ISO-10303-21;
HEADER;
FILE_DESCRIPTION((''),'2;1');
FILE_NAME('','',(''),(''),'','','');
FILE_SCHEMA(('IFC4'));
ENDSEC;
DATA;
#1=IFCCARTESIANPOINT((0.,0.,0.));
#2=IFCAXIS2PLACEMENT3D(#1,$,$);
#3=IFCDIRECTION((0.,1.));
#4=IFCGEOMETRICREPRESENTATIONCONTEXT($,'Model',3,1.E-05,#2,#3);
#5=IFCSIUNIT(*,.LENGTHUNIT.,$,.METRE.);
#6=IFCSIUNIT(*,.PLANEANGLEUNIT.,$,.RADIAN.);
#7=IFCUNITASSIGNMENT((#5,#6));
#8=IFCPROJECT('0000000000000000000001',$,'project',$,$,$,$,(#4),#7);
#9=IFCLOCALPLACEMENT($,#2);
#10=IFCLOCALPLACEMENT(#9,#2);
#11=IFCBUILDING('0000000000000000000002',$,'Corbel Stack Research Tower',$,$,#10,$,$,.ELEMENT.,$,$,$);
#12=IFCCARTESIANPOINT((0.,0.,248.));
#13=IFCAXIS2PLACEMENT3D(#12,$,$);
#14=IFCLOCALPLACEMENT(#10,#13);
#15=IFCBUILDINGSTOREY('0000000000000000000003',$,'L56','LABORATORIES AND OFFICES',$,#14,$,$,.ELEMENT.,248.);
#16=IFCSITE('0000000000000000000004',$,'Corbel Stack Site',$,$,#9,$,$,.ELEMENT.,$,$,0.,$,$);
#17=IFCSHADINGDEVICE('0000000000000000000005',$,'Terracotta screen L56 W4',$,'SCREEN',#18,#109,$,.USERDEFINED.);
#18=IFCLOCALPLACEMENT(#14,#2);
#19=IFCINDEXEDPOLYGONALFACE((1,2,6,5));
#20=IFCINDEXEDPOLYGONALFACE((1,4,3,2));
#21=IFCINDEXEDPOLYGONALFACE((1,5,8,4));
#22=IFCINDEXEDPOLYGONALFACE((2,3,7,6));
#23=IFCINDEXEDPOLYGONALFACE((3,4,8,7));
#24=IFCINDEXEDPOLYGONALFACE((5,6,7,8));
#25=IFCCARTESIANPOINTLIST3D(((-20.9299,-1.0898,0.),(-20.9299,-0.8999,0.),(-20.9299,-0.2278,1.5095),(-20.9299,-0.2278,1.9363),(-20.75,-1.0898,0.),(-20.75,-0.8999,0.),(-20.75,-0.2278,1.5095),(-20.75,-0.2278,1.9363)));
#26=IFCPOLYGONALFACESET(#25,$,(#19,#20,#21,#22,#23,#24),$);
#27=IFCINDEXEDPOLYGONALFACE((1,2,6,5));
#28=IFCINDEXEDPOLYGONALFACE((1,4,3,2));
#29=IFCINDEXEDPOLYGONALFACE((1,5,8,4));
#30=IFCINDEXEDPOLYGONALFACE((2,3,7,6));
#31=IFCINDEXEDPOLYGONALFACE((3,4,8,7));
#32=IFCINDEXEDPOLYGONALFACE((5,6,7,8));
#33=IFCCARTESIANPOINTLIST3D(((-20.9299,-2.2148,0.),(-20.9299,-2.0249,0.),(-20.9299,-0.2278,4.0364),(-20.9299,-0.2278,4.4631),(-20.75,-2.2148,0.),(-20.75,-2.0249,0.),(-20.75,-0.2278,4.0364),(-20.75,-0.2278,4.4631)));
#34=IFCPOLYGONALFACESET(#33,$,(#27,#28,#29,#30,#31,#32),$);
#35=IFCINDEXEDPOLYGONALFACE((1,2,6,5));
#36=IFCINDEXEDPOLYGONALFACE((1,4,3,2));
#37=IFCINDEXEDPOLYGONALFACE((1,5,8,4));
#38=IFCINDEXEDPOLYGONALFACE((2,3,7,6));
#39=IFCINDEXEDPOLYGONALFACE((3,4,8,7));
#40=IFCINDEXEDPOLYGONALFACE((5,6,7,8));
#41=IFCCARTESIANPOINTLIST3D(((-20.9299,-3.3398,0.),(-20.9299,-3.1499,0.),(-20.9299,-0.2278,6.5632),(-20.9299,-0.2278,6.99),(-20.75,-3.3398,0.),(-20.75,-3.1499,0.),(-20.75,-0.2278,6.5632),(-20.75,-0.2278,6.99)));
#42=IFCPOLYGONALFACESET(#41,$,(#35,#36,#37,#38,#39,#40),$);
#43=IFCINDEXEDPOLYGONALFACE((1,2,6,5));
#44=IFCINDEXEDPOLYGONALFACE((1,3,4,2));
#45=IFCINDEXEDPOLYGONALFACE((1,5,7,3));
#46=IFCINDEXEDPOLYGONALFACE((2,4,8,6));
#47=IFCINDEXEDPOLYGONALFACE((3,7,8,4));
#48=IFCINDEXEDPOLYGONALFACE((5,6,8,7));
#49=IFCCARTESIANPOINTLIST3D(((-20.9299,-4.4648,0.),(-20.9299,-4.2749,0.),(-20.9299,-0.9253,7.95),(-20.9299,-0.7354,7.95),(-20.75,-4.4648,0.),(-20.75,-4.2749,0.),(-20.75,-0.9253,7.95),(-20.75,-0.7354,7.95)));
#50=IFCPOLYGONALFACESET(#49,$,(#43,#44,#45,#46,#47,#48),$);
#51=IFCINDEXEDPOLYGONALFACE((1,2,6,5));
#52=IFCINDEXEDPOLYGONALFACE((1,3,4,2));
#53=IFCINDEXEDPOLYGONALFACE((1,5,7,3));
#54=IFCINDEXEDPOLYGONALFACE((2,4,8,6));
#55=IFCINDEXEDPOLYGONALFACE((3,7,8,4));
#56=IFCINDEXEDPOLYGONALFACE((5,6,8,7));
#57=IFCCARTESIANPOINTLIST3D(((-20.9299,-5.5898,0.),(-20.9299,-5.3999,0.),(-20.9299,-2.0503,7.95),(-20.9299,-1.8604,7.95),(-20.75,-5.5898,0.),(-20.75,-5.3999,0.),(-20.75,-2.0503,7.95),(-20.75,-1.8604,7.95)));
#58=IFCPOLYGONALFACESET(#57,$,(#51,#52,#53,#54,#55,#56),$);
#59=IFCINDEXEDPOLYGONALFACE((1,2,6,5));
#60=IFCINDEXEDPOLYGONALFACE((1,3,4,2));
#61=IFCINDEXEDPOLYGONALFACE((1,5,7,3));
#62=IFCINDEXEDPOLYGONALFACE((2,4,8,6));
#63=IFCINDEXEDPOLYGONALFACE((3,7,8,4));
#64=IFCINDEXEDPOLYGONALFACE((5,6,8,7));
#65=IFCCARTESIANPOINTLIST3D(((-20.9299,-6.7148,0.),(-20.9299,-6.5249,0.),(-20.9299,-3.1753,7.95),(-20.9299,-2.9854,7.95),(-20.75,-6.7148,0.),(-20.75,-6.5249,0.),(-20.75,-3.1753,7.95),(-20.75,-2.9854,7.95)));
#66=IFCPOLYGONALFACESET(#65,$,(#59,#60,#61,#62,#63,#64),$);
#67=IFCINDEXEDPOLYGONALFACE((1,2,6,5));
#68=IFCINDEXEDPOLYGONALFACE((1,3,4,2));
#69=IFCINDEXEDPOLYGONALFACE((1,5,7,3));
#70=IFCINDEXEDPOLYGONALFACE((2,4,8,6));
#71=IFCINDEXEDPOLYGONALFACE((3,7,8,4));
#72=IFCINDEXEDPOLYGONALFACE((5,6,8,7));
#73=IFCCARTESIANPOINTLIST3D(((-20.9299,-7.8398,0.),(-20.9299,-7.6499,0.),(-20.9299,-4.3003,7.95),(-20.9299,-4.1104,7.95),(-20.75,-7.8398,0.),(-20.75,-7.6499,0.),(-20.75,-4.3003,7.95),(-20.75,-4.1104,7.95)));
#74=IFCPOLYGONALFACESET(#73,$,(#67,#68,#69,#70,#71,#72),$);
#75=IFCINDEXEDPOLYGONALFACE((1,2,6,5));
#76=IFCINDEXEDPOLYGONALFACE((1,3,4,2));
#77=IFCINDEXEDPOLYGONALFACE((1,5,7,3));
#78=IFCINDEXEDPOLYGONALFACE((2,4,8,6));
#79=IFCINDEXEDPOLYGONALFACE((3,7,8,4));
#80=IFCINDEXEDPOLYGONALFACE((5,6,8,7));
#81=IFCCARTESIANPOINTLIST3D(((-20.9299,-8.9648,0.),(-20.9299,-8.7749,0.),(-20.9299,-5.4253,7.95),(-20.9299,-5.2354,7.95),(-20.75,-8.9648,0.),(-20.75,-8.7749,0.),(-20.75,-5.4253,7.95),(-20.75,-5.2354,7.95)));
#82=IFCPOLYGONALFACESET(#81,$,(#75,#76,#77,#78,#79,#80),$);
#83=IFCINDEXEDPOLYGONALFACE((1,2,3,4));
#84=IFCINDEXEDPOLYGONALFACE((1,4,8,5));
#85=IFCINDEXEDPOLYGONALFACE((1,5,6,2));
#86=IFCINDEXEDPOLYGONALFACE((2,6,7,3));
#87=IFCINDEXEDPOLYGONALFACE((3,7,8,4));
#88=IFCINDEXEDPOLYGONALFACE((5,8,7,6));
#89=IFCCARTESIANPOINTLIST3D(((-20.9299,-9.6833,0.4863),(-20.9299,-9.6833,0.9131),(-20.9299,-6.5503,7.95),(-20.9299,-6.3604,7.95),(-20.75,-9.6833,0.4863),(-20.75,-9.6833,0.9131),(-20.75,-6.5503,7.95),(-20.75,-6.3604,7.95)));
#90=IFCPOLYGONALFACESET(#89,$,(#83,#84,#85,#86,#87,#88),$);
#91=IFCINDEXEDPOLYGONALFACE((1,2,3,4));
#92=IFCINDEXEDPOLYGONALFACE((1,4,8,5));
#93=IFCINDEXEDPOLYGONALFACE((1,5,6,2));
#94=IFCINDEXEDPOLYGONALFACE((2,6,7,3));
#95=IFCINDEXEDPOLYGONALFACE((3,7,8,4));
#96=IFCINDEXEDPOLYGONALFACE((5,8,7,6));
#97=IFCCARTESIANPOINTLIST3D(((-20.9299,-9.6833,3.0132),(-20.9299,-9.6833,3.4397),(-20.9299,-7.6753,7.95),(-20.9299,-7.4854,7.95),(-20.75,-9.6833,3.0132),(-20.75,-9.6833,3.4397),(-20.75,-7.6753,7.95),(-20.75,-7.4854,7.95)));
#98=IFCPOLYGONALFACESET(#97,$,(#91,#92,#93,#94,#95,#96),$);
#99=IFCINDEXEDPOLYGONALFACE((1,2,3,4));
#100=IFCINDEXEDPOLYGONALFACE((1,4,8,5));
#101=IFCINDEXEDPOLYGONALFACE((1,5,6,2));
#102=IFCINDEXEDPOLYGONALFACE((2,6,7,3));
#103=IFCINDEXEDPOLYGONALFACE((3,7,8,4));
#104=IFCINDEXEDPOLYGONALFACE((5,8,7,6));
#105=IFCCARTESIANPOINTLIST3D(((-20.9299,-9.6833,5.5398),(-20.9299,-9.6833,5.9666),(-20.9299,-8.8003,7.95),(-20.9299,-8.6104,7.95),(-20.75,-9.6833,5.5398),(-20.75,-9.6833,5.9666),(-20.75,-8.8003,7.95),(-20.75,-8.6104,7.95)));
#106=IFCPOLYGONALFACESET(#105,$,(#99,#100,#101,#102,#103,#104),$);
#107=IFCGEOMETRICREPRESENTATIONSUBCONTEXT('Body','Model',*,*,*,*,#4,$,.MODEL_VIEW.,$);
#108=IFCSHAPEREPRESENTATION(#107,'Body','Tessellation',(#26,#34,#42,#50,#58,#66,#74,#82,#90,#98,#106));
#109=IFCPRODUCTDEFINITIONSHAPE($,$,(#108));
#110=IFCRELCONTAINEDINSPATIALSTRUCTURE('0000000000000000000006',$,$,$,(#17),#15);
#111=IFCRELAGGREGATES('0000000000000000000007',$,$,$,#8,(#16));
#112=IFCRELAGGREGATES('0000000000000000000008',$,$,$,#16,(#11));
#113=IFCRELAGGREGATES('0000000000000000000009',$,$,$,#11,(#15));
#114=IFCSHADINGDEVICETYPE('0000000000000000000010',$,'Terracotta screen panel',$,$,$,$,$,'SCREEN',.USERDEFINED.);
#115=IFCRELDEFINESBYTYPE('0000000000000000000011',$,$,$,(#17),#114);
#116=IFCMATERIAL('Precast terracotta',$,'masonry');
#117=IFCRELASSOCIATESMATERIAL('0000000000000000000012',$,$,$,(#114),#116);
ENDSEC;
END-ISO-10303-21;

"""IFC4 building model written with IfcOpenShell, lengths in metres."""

from ifc_helpers import new_model, si_unit, direction, frame, origin, place, context, subcontext, project, spatial, polyline, outline, extrude, source, transform, mapped, material, type_object, element, save


model = new_model("IFC4")

# Units and contexts
model_context = context("Model", 3, precision=1e-05, world=origin(), true_north=direction((0.0, 1.0)))
body_context = subcontext(model_context, "Body", "Model", "MODEL_VIEW")
ifc_project = project(units=[si_unit("LENGTHUNIT", "METRE"), si_unit("PLANEANGLEUNIT", "RADIAN")], contexts=[model_context])

# Site, building, storey
site_placement = place(None, origin())
site = spatial("IfcSite", under=ifc_project, at=site_placement, Name="Corbel Stack Site", CompositionType="ELEMENT", RefElevation=0.0)
building_placement = place(site_placement, origin())
building = spatial("IfcBuilding", under=site, at=building_placement, Name="Corbel Stack Research Tower", CompositionType="ELEMENT")
storey_placement = place(building_placement, frame((0.0, 0.0, 248.0)))
storey = spatial("IfcBuildingStorey", under=building, at=storey_placement, Name="L56", Description="LABORATORIES AND OFFICES", CompositionType="ELEMENT", Elevation=248.0)

# Shading device
ifc_material_1 = material(Name="Precast terracotta", Category="masonry")
shading_device_type = type_object("IfcShadingDeviceType", Name="Terracotta screen panel", ElementType="SCREEN", PredefinedType="USERDEFINED", material=ifc_material_1)
shared_shape = source(origin(), body_context, "Body", "SweptSolid", [
    extrude(outline(polyline([(0.8621, 0.0), (0.0, 1.9363), (0.0, 1.5095), (0.6721, 0.0), (0.8621, 0.0)])), frame((0.0, 0.0, 0.0), z_axis=(0.0, -1.0, 0.0), x_axis=(1.0, 0.0, 0.0)), (0.0, 0.0, 1.0), 0.1799),
    extrude(outline(polyline([(1.9871, 0.0), (0.0, 4.4631), (0.0, 4.0364), (1.7971, 0.0), (1.9871, 0.0)])), frame((0.0, 0.0, 0.0), z_axis=(0.0, -1.0, 0.0), x_axis=(1.0, 0.0, 0.0)), (0.0, 0.0, 1.0), 0.1799),
    extrude(outline(polyline([(3.1121, 0.0), (0.0, 6.99), (0.0, 6.5632), (2.9221, 0.0), (3.1121, 0.0)])), frame((0.0, 0.0, 0.0), z_axis=(0.0, -1.0, 0.0), x_axis=(1.0, 0.0, 0.0)), (0.0, 0.0, 1.0), 0.1799),
    extrude(outline(polyline([(4.2371, 0.0), (0.6975, 7.95), (0.5076, 7.95), (4.0471, 0.0), (4.2371, 0.0)])), frame((0.0, 0.0, 0.0), z_axis=(0.0, -1.0, 0.0), x_axis=(1.0, 0.0, 0.0)), (0.0, 0.0, 1.0), 0.1799),
    extrude(outline(polyline([(5.3621, 0.0), (1.8225, 7.95), (1.6326, 7.95), (5.1721, 0.0), (5.3621, 0.0)])), frame((0.0, 0.0, 0.0), z_axis=(0.0, -1.0, 0.0), x_axis=(1.0, 0.0, 0.0)), (0.0, 0.0, 1.0), 0.1799),
    extrude(outline(polyline([(6.4871, 0.0), (2.9475, 7.95), (2.7576, 7.95), (6.2971, 0.0), (6.4871, 0.0)])), frame((0.0, 0.0, 0.0), z_axis=(0.0, -1.0, 0.0), x_axis=(1.0, 0.0, 0.0)), (0.0, 0.0, 1.0), 0.1799),
    extrude(outline(polyline([(7.6121, 0.0), (4.0725, 7.95), (3.8826, 7.95), (7.4221, 0.0), (7.6121, 0.0)])), frame((0.0, 0.0, 0.0), z_axis=(0.0, -1.0, 0.0), x_axis=(1.0, 0.0, 0.0)), (0.0, 0.0, 1.0), 0.1799),
    extrude(outline(polyline([(8.7371, 0.0), (5.1975, 7.95), (5.0076, 7.95), (8.5471, 0.0), (8.7371, 0.0)])), frame((0.0, 0.0, 0.0), z_axis=(0.0, -1.0, 0.0), x_axis=(1.0, 0.0, 0.0)), (0.0, 0.0, 1.0), 0.1799),
    extrude(outline(polyline([(6.3225, 7.95), (6.1326, 7.95), (9.4556, 0.4863), (9.4556, 0.9131), (6.3225, 7.95)])), frame((0.0, 0.0, 0.0), z_axis=(0.0, -1.0, 0.0), x_axis=(1.0, 0.0, 0.0)), (0.0, 0.0, 1.0), 0.1799),
    extrude(outline(polyline([(7.4475, 7.95), (7.2576, 7.95), (9.4556, 3.0132), (9.4556, 3.4397), (7.4475, 7.95)])), frame((0.0, 0.0, 0.0), z_axis=(0.0, -1.0, 0.0), x_axis=(1.0, 0.0, 0.0)), (0.0, 0.0, 1.0), 0.1799),
    extrude(outline(polyline([(8.5725, 7.95), (8.3826, 7.95), (9.4556, 5.5398), (9.4556, 5.9666), (8.5725, 7.95)])), frame((0.0, 0.0, 0.0), z_axis=(0.0, -1.0, 0.0), x_axis=(1.0, 0.0, 0.0)), (0.0, 0.0, 1.0), 0.1799),
])
shading_device_placement = place(storey_placement, frame((-20.75, -0.2278, 0.0), z_axis=(0.0, 0.0, 1.0), x_axis=(0.0, -1.0, 0.0)))
element("IfcShadingDevice", 1, at=shading_device_placement, inside=storey, type_object=shading_device_type, Name="Terracotta screen L56 W4", ObjectType="SCREEN", PredefinedType="USERDEFINED", context=body_context, shape_type="MappedRepresentation", body=[
    mapped(shared_shape, transform((0.0, 0.0, 0.0))),
])

save(model, "model.ifc")
